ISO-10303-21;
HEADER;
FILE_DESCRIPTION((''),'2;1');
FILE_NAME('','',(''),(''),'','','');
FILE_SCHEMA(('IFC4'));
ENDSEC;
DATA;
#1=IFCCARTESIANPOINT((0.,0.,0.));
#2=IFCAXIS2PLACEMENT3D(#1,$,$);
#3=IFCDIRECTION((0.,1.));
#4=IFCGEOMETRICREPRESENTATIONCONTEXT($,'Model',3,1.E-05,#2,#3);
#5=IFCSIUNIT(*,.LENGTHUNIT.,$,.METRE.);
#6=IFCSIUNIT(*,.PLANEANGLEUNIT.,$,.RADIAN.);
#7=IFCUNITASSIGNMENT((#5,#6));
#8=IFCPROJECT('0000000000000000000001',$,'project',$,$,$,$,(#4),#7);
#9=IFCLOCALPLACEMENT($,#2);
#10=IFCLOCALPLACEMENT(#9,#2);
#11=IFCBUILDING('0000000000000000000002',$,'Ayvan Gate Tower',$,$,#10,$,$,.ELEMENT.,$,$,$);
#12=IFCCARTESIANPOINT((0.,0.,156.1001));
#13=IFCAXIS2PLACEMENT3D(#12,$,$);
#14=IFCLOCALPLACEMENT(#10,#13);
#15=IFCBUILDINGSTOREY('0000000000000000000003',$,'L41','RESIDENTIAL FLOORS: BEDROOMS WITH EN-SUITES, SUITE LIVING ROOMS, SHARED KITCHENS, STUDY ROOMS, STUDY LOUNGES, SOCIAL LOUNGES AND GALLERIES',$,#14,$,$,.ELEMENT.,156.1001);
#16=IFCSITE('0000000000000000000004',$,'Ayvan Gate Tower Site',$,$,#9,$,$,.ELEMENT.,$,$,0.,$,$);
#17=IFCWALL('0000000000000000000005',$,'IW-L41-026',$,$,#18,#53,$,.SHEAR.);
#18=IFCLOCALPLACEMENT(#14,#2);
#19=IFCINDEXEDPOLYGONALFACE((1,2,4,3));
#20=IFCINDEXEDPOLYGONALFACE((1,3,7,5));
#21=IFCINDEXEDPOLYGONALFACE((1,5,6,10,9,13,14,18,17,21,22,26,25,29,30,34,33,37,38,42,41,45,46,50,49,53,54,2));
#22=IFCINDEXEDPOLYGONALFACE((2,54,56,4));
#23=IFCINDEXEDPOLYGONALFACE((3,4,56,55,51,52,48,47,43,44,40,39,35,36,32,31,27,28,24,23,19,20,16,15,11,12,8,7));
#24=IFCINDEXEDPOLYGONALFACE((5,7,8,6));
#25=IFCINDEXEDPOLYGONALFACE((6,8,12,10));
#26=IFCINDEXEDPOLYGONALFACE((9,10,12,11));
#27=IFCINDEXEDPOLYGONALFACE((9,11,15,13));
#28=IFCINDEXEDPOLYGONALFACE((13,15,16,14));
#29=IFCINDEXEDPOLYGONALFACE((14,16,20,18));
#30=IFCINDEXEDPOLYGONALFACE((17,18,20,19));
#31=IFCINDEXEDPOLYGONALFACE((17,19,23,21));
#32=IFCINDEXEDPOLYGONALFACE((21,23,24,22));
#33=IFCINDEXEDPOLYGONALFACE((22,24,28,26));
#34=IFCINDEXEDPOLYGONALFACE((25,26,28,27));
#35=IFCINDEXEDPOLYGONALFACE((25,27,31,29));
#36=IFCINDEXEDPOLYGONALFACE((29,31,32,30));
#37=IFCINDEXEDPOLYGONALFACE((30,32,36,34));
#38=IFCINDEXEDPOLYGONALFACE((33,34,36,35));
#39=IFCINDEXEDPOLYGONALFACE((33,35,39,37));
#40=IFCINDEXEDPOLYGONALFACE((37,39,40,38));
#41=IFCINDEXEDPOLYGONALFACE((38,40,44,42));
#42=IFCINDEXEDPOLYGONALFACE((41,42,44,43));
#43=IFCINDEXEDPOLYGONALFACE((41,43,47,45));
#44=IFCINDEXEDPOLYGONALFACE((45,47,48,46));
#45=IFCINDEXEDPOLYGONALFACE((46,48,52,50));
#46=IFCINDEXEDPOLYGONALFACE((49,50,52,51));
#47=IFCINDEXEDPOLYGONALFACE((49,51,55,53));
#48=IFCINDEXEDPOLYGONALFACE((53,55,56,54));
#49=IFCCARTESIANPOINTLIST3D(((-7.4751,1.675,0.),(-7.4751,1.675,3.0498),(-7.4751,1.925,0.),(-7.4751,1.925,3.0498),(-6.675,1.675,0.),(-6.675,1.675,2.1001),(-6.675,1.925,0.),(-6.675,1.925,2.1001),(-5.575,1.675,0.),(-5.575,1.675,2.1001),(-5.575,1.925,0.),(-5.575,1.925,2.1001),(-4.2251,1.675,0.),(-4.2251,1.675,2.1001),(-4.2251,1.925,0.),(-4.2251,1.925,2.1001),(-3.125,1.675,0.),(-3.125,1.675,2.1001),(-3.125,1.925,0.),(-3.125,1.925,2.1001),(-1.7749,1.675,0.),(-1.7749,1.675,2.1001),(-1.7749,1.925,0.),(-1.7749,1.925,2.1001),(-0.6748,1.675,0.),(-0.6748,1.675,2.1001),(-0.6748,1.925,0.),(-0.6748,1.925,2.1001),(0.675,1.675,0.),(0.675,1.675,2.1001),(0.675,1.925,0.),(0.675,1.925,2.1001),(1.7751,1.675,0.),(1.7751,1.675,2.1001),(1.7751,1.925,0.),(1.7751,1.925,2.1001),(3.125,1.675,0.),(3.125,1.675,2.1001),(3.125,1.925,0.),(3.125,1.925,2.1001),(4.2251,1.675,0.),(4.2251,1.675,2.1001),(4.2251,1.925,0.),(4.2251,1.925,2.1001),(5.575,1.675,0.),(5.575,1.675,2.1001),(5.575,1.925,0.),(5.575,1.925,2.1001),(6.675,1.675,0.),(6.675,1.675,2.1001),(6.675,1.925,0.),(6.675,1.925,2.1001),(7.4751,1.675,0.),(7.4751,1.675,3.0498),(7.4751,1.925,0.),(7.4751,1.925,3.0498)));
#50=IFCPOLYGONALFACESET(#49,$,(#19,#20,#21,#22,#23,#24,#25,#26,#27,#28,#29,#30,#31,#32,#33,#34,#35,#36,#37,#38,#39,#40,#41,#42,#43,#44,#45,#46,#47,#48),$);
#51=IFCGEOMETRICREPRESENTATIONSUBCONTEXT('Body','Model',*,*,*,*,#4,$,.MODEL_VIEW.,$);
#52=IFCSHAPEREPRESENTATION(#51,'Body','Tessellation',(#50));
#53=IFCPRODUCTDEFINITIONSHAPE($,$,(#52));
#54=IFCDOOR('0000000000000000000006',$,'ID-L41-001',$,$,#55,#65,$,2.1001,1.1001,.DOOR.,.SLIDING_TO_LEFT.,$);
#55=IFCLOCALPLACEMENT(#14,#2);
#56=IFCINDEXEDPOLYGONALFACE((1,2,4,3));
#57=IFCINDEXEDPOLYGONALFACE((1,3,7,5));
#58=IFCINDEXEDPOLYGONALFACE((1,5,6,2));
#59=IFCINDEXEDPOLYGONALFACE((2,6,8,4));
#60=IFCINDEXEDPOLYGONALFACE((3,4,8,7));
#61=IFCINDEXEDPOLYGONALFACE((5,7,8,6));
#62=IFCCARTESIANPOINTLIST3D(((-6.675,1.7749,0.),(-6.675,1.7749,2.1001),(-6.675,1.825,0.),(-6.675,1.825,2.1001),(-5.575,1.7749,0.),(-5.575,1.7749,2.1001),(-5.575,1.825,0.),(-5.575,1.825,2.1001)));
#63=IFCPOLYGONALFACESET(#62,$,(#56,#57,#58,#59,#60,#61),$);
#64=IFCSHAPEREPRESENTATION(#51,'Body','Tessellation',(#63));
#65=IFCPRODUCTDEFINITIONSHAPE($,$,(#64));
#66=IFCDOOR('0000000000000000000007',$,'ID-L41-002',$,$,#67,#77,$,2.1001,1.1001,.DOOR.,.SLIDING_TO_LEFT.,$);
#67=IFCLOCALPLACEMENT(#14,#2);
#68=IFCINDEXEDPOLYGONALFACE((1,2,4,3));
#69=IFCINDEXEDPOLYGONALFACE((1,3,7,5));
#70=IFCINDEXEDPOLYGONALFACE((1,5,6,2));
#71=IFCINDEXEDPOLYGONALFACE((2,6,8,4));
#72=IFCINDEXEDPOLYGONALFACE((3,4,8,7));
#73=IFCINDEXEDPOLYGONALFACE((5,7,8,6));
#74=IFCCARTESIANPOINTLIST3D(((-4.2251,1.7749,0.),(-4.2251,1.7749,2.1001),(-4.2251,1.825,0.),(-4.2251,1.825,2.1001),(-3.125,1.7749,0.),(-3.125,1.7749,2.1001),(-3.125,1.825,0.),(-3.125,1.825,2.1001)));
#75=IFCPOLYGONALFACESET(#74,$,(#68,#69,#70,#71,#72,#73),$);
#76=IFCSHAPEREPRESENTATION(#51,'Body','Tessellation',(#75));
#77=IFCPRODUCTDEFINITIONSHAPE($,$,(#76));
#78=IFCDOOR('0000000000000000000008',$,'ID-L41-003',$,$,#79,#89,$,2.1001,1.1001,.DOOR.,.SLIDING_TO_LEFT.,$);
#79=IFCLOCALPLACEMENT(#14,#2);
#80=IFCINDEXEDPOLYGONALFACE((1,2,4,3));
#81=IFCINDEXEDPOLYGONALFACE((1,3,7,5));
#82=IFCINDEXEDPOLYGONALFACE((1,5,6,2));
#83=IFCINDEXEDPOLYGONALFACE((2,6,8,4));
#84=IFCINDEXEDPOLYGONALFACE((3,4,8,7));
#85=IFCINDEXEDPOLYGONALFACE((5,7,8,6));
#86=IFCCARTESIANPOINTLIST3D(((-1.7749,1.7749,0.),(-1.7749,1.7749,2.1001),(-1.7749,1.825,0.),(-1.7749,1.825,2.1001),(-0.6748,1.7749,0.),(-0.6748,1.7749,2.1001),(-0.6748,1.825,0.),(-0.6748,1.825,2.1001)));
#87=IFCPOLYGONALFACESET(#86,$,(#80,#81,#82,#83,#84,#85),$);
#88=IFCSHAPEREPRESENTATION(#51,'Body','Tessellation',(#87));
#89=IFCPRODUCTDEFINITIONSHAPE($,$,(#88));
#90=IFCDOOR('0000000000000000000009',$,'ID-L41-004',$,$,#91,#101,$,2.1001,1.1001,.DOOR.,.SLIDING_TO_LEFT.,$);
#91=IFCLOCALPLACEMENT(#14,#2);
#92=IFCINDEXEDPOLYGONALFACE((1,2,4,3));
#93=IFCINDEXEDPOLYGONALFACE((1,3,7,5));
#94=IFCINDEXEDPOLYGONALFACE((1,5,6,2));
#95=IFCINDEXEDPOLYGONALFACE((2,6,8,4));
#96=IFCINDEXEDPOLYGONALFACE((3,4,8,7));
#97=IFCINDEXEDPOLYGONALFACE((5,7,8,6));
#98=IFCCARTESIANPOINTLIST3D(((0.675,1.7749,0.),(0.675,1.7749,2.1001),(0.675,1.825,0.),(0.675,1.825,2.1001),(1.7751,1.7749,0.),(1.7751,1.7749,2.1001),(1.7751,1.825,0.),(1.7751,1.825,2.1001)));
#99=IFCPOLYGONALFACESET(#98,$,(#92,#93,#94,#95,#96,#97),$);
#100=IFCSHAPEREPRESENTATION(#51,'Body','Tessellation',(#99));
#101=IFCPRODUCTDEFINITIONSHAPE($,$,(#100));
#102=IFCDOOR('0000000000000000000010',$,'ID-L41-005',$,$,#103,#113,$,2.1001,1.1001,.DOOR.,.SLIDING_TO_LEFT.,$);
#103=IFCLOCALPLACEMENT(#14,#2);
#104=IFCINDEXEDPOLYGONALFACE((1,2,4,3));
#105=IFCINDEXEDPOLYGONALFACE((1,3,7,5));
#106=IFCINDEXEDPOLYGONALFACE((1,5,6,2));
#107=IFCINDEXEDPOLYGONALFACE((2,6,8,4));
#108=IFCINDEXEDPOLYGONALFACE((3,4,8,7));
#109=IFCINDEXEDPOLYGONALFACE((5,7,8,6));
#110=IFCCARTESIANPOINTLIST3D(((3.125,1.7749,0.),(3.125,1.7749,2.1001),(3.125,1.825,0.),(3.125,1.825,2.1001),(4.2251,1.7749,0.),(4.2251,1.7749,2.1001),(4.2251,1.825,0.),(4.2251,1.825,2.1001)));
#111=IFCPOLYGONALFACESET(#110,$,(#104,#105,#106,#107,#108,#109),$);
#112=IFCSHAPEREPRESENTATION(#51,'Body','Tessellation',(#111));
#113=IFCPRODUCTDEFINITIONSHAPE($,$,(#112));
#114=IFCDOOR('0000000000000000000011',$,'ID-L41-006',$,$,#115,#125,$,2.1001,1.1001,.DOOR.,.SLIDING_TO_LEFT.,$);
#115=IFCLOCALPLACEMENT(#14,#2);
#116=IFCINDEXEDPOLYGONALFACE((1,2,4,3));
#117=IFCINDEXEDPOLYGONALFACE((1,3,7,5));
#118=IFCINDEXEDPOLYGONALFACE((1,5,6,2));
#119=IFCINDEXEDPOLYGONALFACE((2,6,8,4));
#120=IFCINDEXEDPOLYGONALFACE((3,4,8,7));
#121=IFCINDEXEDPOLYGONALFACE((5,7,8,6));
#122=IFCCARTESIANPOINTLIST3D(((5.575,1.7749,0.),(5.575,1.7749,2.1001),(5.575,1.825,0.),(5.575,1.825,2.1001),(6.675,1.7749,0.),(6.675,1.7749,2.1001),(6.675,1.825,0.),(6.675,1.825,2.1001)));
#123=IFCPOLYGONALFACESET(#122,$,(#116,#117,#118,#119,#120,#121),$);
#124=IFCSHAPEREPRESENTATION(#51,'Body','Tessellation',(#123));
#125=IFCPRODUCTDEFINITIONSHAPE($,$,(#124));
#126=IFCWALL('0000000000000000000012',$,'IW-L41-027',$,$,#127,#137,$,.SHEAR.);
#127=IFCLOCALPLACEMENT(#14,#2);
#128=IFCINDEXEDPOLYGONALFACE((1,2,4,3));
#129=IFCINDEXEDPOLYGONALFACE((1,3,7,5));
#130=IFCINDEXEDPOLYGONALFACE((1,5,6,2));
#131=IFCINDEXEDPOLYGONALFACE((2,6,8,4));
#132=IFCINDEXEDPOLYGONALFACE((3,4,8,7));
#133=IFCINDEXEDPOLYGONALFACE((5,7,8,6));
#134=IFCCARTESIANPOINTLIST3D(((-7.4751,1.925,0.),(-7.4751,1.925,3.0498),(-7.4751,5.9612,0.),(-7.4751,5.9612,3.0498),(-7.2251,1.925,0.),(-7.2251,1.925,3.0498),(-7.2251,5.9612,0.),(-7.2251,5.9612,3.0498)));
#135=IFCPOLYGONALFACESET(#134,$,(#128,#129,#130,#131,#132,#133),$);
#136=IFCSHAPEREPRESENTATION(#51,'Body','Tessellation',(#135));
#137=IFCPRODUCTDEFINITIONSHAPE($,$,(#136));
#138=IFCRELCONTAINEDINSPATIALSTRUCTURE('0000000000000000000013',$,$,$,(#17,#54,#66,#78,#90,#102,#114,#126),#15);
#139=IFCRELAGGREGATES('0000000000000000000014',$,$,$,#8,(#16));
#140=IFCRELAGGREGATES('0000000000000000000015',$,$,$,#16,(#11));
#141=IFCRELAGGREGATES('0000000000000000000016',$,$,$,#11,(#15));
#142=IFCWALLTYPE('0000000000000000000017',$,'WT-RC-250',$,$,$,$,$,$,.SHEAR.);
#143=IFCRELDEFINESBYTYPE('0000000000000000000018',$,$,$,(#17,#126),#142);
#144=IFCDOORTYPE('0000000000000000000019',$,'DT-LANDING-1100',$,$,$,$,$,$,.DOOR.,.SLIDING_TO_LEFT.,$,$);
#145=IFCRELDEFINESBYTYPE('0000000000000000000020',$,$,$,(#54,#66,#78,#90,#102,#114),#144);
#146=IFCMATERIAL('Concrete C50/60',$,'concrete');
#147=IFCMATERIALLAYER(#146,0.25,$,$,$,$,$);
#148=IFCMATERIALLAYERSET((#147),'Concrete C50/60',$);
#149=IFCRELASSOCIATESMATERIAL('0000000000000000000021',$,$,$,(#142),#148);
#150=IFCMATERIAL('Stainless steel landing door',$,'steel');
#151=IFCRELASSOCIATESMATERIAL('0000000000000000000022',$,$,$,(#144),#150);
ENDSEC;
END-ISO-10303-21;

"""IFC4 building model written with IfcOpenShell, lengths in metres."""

from ifc_helpers import new_model, si_unit, direction, frame, frame_2d, origin, place, context, subcontext, project, spatial, rectangle, extrude, material, layer, layer_set, type_object, element, fill, save


model = new_model("IFC4")

# Units and contexts
model_context = context("Model", 3, precision=1e-05, world=origin(), true_north=direction((0.0, 1.0)))
body_context = subcontext(model_context, "Body", "Model", "MODEL_VIEW")
ifc_project = project(units=[si_unit("LENGTHUNIT", "METRE"), si_unit("PLANEANGLEUNIT", "RADIAN")], contexts=[model_context])

# Site, building, storey
site_placement = place(None, origin())
site = spatial("IfcSite", under=ifc_project, at=site_placement, Name="Ayvan Gate Tower Site", CompositionType="ELEMENT", RefElevation=0.0)
building_placement = place(site_placement, origin())
building = spatial("IfcBuilding", under=site, at=building_placement, Name="Ayvan Gate Tower", CompositionType="ELEMENT")
storey_placement = place(building_placement, frame((0.0, 0.0, 156.1001)))
storey = spatial("IfcBuildingStorey", under=building, at=storey_placement, Name="L41", Description="RESIDENTIAL FLOORS: BEDROOMS WITH EN-SUITES, SUITE LIVING ROOMS, SHARED KITCHENS, STUDY ROOMS, STUDY LOUNGES, SOCIAL LOUNGES AND GALLERIES", CompositionType="ELEMENT", Elevation=156.1001)

# Wall, openings, doors
ifc_material_1 = material(Name="Concrete C50/60", Category="concrete")
ifc_layer_1 = layer(ifc_material_1, 0.25)
ifc_layer_set_1 = layer_set([ifc_layer_1], Name="Concrete C50/60")
wall_type_1 = type_object("IfcWallType", Name="WT-RC-250", PredefinedType="SHEAR", material=ifc_layer_set_1)
wall_1_placement = place(storey_placement, frame((-7.4751, 1.8, 0.0), z_axis=(0.0, 0.0, 1.0), x_axis=(1.0, 0.0, 0.0)))
wall_1 = element("IfcWall", 1, at=wall_1_placement, inside=storey, type_object=wall_type_1, Name="IW-L41-026", PredefinedType="SHEAR", context=body_context, shape_type="SweptSolid", body=[
    extrude(rectangle(XDim=14.9502, YDim=0.25, at=frame_2d((7.4751, 0.0))), origin(), (0.0, 0.0, 1.0), 3.0498),
])
opening_1_placement = place(wall_1_placement, frame((0.8, 0.0, 0.0)))
opening_1 = element("IfcOpeningElement", 2, at=opening_1_placement, cuts=wall_1, PredefinedType="OPENING", context=body_context, shape_type="SweptSolid", body=[
    extrude(rectangle(XDim=1.1001, YDim=2.1001, at=frame_2d((0.55, 1.05))), frame((0.0, 0.135, 0.0), z_axis=(0.0, -1.0, 0.0), x_axis=(1.0, 0.0, 0.0)), (0.0, 0.0, 1.0), 0.27),
])
opening_2_placement = place(wall_1_placement, frame((3.25, 0.0, 0.0)))
opening_2 = element("IfcOpeningElement", 3, at=opening_2_placement, cuts=wall_1, PredefinedType="OPENING", context=body_context, shape_type="SweptSolid", body=[
    extrude(rectangle(XDim=1.1001, YDim=2.1001, at=frame_2d((0.55, 1.05))), frame((0.0, 0.135, 0.0), z_axis=(0.0, -1.0, 0.0), x_axis=(1.0, 0.0, 0.0)), (0.0, 0.0, 1.0), 0.27),
])
opening_3_placement = place(wall_1_placement, frame((5.7002, 0.0, 0.0)))
opening_3 = element("IfcOpeningElement", 4, at=opening_3_placement, cuts=wall_1, PredefinedType="OPENING", context=body_context, shape_type="SweptSolid", body=[
    extrude(rectangle(XDim=1.1001, YDim=2.1001, at=frame_2d((0.55, 1.05))), frame((0.0, 0.135, 0.0), z_axis=(0.0, -1.0, 0.0), x_axis=(1.0, 0.0, 0.0)), (0.0, 0.0, 1.0), 0.27),
])
opening_4_placement = place(wall_1_placement, frame((8.1501, 0.0, 0.0)))
opening_4 = element("IfcOpeningElement", 5, at=opening_4_placement, cuts=wall_1, PredefinedType="OPENING", context=body_context, shape_type="SweptSolid", body=[
    extrude(rectangle(XDim=1.1001, YDim=2.1001, at=frame_2d((0.55, 1.05))), frame((0.0, 0.135, 0.0), z_axis=(0.0, -1.0, 0.0), x_axis=(1.0, 0.0, 0.0)), (0.0, 0.0, 1.0), 0.27),
])
opening_5_placement = place(wall_1_placement, frame((10.6001, 0.0, 0.0)))
opening_5 = element("IfcOpeningElement", 6, at=opening_5_placement, cuts=wall_1, PredefinedType="OPENING", context=body_context, shape_type="SweptSolid", body=[
    extrude(rectangle(XDim=1.1001, YDim=2.1001, at=frame_2d((0.55, 1.05))), frame((0.0, 0.135, 0.0), z_axis=(0.0, -1.0, 0.0), x_axis=(1.0, 0.0, 0.0)), (0.0, 0.0, 1.0), 0.27),
])
opening_6_placement = place(wall_1_placement, frame((13.05, 0.0, 0.0)))
opening_6 = element("IfcOpeningElement", 7, at=opening_6_placement, cuts=wall_1, PredefinedType="OPENING", context=body_context, shape_type="SweptSolid", body=[
    extrude(rectangle(XDim=1.1001, YDim=2.1001, at=frame_2d((0.55, 1.05))), frame((0.0, 0.135, 0.0), z_axis=(0.0, -1.0, 0.0), x_axis=(1.0, 0.0, 0.0)), (0.0, 0.0, 1.0), 0.27),
])
ifc_material_2 = material(Name="Stainless steel landing door", Category="steel")
door_type_1 = type_object("IfcDoorType", Name="DT-LANDING-1100", OperationType="SLIDING_TO_LEFT", PredefinedType="DOOR", material=ifc_material_2)
door_1_placement = place(opening_1_placement, origin())
door_1 = element("IfcDoor", 8, at=door_1_placement, inside=storey, type_object=door_type_1, Name="ID-L41-001", OperationType="SLIDING_TO_LEFT", OverallHeight=2.1001, OverallWidth=1.1001, PredefinedType="DOOR", context=body_context, shape_type="SweptSolid", body=[
    extrude(rectangle(XDim=1.1001, YDim=2.1001, at=frame_2d((0.55, 1.05))), frame((0.0, 0.0249, 0.0), z_axis=(0.0, -1.0, 0.0), x_axis=(1.0, 0.0, 0.0)), (0.0, 0.0, 1.0), 0.05),
])
fill(opening_1, door_1)
door_2_placement = place(opening_2_placement, origin())
door_2 = element("IfcDoor", 9, at=door_2_placement, inside=storey, type_object=door_type_1, Name="ID-L41-002", OperationType="SLIDING_TO_LEFT", OverallHeight=2.1001, OverallWidth=1.1001, PredefinedType="DOOR", context=body_context, shape_type="SweptSolid", body=[
    extrude(rectangle(XDim=1.1001, YDim=2.1001, at=frame_2d((0.55, 1.05))), frame((0.0, 0.0249, 0.0), z_axis=(0.0, -1.0, 0.0), x_axis=(1.0, 0.0, 0.0)), (0.0, 0.0, 1.0), 0.05),
])
fill(opening_2, door_2)
door_3_placement = place(opening_3_placement, origin())
door_3 = element("IfcDoor", 10, at=door_3_placement, inside=storey, type_object=door_type_1, Name="ID-L41-003", OperationType="SLIDING_TO_LEFT", OverallHeight=2.1001, OverallWidth=1.1001, PredefinedType="DOOR", context=body_context, shape_type="SweptSolid", body=[
    extrude(rectangle(XDim=1.1001, YDim=2.1001, at=frame_2d((0.55, 1.05))), frame((0.0, 0.0249, 0.0), z_axis=(0.0, -1.0, 0.0), x_axis=(1.0, 0.0, 0.0)), (0.0, 0.0, 1.0), 0.05),
])
fill(opening_3, door_3)
door_4_placement = place(opening_4_placement, origin())
door_4 = element("IfcDoor", 11, at=door_4_placement, inside=storey, type_object=door_type_1, Name="ID-L41-004", OperationType="SLIDING_TO_LEFT", OverallHeight=2.1001, OverallWidth=1.1001, PredefinedType="DOOR", context=body_context, shape_type="SweptSolid", body=[
    extrude(rectangle(XDim=1.1001, YDim=2.1001, at=frame_2d((0.55, 1.05))), frame((0.0, 0.0249, 0.0), z_axis=(0.0, -1.0, 0.0), x_axis=(1.0, 0.0, 0.0)), (0.0, 0.0, 1.0), 0.05),
])
fill(opening_4, door_4)
door_5_placement = place(opening_5_placement, origin())
door_5 = element("IfcDoor", 12, at=door_5_placement, inside=storey, type_object=door_type_1, Name="ID-L41-005", OperationType="SLIDING_TO_LEFT", OverallHeight=2.1001, OverallWidth=1.1001, PredefinedType="DOOR", context=body_context, shape_type="SweptSolid", body=[
    extrude(rectangle(XDim=1.1001, YDim=2.1001, at=frame_2d((0.55, 1.05))), frame((0.0, 0.0249, 0.0), z_axis=(0.0, -1.0, 0.0), x_axis=(1.0, 0.0, 0.0)), (0.0, 0.0, 1.0), 0.05),
])
fill(opening_5, door_5)
door_6_placement = place(opening_6_placement, origin())
door_6 = element("IfcDoor", 13, at=door_6_placement, inside=storey, type_object=door_type_1, Name="ID-L41-006", OperationType="SLIDING_TO_LEFT", OverallHeight=2.1001, OverallWidth=1.1001, PredefinedType="DOOR", context=body_context, shape_type="SweptSolid", body=[
    extrude(rectangle(XDim=1.1001, YDim=2.1001, at=frame_2d((0.55, 1.05))), frame((0.0, 0.0249, 0.0), z_axis=(0.0, -1.0, 0.0), x_axis=(1.0, 0.0, 0.0)), (0.0, 0.0, 1.0), 0.05),
])
fill(opening_6, door_6)

# Wall
wall_2_placement = place(storey_placement, frame((-7.3501, 1.925, 0.0), z_axis=(0.0, 0.0, 1.0), x_axis=(0.0, 1.0, 0.0)))
element("IfcWall", 14, at=wall_2_placement, inside=storey, type_object=wall_type_1, Name="IW-L41-027", PredefinedType="SHEAR", context=body_context, shape_type="SweptSolid", body=[
    extrude(rectangle(XDim=4.0361, YDim=0.25, at=frame_2d((2.0181, 0.0))), origin(), (0.0, 0.0, 1.0), 3.0498),
])

save(model, "model.ifc")
